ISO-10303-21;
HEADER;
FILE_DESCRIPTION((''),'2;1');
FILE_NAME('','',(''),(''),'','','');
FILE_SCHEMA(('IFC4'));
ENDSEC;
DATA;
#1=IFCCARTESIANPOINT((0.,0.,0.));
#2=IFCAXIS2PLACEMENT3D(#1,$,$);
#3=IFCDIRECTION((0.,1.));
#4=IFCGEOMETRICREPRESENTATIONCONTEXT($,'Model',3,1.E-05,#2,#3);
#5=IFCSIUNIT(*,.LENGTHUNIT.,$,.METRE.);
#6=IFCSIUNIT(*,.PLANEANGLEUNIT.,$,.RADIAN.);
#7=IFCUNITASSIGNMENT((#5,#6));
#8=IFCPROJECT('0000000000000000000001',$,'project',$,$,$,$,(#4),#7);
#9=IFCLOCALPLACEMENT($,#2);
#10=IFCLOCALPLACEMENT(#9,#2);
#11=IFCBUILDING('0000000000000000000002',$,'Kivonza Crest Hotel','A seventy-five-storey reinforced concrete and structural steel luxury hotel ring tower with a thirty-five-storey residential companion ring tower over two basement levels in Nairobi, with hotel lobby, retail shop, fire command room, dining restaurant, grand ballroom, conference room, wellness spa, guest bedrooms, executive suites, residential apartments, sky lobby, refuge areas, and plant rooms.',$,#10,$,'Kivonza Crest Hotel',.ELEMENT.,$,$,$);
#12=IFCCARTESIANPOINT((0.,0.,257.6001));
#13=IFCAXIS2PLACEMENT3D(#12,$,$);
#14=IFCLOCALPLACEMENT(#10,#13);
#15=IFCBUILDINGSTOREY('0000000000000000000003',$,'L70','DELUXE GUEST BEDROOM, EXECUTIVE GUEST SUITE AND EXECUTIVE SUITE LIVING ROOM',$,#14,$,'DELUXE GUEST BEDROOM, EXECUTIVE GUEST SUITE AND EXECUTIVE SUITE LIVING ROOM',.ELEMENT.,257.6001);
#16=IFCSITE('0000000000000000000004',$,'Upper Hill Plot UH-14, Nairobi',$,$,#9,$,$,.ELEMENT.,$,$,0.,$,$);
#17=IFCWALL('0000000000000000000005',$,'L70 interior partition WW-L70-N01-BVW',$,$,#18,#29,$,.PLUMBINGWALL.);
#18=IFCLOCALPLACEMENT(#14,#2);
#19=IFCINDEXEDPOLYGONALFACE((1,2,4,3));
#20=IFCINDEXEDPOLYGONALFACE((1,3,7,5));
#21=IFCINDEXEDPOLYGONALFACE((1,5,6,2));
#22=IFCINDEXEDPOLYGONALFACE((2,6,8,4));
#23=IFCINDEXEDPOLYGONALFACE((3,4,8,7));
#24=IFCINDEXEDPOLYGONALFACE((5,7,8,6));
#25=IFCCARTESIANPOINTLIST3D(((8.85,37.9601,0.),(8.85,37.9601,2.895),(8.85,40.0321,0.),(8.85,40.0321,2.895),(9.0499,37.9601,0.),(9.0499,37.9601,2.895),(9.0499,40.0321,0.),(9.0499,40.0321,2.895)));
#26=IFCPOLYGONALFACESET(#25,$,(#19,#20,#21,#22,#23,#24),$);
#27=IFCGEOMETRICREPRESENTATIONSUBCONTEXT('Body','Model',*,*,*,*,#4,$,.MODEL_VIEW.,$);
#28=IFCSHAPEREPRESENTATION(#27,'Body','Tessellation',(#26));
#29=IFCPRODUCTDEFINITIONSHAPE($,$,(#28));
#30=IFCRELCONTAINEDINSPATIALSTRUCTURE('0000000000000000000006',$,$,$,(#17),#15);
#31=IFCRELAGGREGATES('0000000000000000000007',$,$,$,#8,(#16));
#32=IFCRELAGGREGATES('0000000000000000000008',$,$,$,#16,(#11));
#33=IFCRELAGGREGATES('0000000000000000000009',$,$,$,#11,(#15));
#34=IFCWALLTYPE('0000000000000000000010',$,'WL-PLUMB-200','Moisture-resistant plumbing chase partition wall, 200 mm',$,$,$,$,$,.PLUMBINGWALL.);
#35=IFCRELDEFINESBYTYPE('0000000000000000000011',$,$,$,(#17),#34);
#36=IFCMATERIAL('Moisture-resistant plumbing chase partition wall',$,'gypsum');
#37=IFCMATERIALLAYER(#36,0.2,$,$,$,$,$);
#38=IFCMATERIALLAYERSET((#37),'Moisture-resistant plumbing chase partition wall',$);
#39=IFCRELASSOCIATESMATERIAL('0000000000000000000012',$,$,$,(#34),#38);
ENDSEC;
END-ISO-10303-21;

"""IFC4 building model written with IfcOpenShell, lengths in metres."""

from ifc_helpers import new_model, si_unit, direction, frame, frame_2d, origin, place, context, subcontext, project, spatial, rectangle, extrude, material, layer, layer_set, type_object, element, save


model = new_model("IFC4")

# Units and contexts
model_context = context("Model", 3, precision=1e-05, world=origin(), true_north=direction((0.0, 1.0)))
body_context = subcontext(model_context, "Body", "Model", "MODEL_VIEW")
ifc_project = project(units=[si_unit("LENGTHUNIT", "METRE"), si_unit("PLANEANGLEUNIT", "RADIAN")], contexts=[model_context])

# Site, building, storey
site_placement = place(None, origin())
site = spatial("IfcSite", under=ifc_project, at=site_placement, Name="Upper Hill Plot UH-14, Nairobi", CompositionType="ELEMENT", RefElevation=0.0)
building_placement = place(site_placement, origin())
building = spatial("IfcBuilding", under=site, at=building_placement, Name="Kivonza Crest Hotel", Description="A seventy-five-storey reinforced concrete and structural steel luxury hotel ring tower with a thirty-five-storey residential companion ring tower over two basement levels in Nairobi, with hotel lobby, retail shop, fire command room, dining restaurant, grand ballroom, conference room, wellness spa, guest bedrooms, executive suites, residential apartments, sky lobby, refuge areas, and plant rooms.", LongName="Kivonza Crest Hotel", CompositionType="ELEMENT")
storey_placement = place(building_placement, frame((0.0, 0.0, 257.6001)))
storey = spatial("IfcBuildingStorey", under=building, at=storey_placement, Name="L70", Description="DELUXE GUEST BEDROOM, EXECUTIVE GUEST SUITE AND EXECUTIVE SUITE LIVING ROOM", LongName="DELUXE GUEST BEDROOM, EXECUTIVE GUEST SUITE AND EXECUTIVE SUITE LIVING ROOM", CompositionType="ELEMENT", Elevation=257.6001)

# Wall
ifc_material_1 = material(Name="Moisture-resistant plumbing chase partition wall", Category="gypsum")
ifc_layer_1 = layer(ifc_material_1, 0.2)
ifc_layer_set_1 = layer_set([ifc_layer_1], Name="Moisture-resistant plumbing chase partition wall")
wall_type_1 = type_object("IfcWallType", Name="WL-PLUMB-200", Description="Moisture-resistant plumbing chase partition wall, 200 mm", PredefinedType="PLUMBINGWALL", material=ifc_layer_set_1)
wall_1_placement = place(storey_placement, frame((8.95, 37.96, 0.0), z_axis=(0.0, 0.0, 1.0), x_axis=(0.0, 1.0, 0.0)))
element("IfcWall", 1, at=wall_1_placement, inside=storey, type_object=wall_type_1, Name="L70 interior partition WW-L70-N01-BVW", PredefinedType="PLUMBINGWALL", context=body_context, shape_type="SweptSolid", body=[
    extrude(rectangle(XDim=2.072, YDim=0.2, at=frame_2d((1.0361, 0.0))), origin(), (0.0, 0.0, 1.0), 2.895),
])

save(model, "model.ifc")
